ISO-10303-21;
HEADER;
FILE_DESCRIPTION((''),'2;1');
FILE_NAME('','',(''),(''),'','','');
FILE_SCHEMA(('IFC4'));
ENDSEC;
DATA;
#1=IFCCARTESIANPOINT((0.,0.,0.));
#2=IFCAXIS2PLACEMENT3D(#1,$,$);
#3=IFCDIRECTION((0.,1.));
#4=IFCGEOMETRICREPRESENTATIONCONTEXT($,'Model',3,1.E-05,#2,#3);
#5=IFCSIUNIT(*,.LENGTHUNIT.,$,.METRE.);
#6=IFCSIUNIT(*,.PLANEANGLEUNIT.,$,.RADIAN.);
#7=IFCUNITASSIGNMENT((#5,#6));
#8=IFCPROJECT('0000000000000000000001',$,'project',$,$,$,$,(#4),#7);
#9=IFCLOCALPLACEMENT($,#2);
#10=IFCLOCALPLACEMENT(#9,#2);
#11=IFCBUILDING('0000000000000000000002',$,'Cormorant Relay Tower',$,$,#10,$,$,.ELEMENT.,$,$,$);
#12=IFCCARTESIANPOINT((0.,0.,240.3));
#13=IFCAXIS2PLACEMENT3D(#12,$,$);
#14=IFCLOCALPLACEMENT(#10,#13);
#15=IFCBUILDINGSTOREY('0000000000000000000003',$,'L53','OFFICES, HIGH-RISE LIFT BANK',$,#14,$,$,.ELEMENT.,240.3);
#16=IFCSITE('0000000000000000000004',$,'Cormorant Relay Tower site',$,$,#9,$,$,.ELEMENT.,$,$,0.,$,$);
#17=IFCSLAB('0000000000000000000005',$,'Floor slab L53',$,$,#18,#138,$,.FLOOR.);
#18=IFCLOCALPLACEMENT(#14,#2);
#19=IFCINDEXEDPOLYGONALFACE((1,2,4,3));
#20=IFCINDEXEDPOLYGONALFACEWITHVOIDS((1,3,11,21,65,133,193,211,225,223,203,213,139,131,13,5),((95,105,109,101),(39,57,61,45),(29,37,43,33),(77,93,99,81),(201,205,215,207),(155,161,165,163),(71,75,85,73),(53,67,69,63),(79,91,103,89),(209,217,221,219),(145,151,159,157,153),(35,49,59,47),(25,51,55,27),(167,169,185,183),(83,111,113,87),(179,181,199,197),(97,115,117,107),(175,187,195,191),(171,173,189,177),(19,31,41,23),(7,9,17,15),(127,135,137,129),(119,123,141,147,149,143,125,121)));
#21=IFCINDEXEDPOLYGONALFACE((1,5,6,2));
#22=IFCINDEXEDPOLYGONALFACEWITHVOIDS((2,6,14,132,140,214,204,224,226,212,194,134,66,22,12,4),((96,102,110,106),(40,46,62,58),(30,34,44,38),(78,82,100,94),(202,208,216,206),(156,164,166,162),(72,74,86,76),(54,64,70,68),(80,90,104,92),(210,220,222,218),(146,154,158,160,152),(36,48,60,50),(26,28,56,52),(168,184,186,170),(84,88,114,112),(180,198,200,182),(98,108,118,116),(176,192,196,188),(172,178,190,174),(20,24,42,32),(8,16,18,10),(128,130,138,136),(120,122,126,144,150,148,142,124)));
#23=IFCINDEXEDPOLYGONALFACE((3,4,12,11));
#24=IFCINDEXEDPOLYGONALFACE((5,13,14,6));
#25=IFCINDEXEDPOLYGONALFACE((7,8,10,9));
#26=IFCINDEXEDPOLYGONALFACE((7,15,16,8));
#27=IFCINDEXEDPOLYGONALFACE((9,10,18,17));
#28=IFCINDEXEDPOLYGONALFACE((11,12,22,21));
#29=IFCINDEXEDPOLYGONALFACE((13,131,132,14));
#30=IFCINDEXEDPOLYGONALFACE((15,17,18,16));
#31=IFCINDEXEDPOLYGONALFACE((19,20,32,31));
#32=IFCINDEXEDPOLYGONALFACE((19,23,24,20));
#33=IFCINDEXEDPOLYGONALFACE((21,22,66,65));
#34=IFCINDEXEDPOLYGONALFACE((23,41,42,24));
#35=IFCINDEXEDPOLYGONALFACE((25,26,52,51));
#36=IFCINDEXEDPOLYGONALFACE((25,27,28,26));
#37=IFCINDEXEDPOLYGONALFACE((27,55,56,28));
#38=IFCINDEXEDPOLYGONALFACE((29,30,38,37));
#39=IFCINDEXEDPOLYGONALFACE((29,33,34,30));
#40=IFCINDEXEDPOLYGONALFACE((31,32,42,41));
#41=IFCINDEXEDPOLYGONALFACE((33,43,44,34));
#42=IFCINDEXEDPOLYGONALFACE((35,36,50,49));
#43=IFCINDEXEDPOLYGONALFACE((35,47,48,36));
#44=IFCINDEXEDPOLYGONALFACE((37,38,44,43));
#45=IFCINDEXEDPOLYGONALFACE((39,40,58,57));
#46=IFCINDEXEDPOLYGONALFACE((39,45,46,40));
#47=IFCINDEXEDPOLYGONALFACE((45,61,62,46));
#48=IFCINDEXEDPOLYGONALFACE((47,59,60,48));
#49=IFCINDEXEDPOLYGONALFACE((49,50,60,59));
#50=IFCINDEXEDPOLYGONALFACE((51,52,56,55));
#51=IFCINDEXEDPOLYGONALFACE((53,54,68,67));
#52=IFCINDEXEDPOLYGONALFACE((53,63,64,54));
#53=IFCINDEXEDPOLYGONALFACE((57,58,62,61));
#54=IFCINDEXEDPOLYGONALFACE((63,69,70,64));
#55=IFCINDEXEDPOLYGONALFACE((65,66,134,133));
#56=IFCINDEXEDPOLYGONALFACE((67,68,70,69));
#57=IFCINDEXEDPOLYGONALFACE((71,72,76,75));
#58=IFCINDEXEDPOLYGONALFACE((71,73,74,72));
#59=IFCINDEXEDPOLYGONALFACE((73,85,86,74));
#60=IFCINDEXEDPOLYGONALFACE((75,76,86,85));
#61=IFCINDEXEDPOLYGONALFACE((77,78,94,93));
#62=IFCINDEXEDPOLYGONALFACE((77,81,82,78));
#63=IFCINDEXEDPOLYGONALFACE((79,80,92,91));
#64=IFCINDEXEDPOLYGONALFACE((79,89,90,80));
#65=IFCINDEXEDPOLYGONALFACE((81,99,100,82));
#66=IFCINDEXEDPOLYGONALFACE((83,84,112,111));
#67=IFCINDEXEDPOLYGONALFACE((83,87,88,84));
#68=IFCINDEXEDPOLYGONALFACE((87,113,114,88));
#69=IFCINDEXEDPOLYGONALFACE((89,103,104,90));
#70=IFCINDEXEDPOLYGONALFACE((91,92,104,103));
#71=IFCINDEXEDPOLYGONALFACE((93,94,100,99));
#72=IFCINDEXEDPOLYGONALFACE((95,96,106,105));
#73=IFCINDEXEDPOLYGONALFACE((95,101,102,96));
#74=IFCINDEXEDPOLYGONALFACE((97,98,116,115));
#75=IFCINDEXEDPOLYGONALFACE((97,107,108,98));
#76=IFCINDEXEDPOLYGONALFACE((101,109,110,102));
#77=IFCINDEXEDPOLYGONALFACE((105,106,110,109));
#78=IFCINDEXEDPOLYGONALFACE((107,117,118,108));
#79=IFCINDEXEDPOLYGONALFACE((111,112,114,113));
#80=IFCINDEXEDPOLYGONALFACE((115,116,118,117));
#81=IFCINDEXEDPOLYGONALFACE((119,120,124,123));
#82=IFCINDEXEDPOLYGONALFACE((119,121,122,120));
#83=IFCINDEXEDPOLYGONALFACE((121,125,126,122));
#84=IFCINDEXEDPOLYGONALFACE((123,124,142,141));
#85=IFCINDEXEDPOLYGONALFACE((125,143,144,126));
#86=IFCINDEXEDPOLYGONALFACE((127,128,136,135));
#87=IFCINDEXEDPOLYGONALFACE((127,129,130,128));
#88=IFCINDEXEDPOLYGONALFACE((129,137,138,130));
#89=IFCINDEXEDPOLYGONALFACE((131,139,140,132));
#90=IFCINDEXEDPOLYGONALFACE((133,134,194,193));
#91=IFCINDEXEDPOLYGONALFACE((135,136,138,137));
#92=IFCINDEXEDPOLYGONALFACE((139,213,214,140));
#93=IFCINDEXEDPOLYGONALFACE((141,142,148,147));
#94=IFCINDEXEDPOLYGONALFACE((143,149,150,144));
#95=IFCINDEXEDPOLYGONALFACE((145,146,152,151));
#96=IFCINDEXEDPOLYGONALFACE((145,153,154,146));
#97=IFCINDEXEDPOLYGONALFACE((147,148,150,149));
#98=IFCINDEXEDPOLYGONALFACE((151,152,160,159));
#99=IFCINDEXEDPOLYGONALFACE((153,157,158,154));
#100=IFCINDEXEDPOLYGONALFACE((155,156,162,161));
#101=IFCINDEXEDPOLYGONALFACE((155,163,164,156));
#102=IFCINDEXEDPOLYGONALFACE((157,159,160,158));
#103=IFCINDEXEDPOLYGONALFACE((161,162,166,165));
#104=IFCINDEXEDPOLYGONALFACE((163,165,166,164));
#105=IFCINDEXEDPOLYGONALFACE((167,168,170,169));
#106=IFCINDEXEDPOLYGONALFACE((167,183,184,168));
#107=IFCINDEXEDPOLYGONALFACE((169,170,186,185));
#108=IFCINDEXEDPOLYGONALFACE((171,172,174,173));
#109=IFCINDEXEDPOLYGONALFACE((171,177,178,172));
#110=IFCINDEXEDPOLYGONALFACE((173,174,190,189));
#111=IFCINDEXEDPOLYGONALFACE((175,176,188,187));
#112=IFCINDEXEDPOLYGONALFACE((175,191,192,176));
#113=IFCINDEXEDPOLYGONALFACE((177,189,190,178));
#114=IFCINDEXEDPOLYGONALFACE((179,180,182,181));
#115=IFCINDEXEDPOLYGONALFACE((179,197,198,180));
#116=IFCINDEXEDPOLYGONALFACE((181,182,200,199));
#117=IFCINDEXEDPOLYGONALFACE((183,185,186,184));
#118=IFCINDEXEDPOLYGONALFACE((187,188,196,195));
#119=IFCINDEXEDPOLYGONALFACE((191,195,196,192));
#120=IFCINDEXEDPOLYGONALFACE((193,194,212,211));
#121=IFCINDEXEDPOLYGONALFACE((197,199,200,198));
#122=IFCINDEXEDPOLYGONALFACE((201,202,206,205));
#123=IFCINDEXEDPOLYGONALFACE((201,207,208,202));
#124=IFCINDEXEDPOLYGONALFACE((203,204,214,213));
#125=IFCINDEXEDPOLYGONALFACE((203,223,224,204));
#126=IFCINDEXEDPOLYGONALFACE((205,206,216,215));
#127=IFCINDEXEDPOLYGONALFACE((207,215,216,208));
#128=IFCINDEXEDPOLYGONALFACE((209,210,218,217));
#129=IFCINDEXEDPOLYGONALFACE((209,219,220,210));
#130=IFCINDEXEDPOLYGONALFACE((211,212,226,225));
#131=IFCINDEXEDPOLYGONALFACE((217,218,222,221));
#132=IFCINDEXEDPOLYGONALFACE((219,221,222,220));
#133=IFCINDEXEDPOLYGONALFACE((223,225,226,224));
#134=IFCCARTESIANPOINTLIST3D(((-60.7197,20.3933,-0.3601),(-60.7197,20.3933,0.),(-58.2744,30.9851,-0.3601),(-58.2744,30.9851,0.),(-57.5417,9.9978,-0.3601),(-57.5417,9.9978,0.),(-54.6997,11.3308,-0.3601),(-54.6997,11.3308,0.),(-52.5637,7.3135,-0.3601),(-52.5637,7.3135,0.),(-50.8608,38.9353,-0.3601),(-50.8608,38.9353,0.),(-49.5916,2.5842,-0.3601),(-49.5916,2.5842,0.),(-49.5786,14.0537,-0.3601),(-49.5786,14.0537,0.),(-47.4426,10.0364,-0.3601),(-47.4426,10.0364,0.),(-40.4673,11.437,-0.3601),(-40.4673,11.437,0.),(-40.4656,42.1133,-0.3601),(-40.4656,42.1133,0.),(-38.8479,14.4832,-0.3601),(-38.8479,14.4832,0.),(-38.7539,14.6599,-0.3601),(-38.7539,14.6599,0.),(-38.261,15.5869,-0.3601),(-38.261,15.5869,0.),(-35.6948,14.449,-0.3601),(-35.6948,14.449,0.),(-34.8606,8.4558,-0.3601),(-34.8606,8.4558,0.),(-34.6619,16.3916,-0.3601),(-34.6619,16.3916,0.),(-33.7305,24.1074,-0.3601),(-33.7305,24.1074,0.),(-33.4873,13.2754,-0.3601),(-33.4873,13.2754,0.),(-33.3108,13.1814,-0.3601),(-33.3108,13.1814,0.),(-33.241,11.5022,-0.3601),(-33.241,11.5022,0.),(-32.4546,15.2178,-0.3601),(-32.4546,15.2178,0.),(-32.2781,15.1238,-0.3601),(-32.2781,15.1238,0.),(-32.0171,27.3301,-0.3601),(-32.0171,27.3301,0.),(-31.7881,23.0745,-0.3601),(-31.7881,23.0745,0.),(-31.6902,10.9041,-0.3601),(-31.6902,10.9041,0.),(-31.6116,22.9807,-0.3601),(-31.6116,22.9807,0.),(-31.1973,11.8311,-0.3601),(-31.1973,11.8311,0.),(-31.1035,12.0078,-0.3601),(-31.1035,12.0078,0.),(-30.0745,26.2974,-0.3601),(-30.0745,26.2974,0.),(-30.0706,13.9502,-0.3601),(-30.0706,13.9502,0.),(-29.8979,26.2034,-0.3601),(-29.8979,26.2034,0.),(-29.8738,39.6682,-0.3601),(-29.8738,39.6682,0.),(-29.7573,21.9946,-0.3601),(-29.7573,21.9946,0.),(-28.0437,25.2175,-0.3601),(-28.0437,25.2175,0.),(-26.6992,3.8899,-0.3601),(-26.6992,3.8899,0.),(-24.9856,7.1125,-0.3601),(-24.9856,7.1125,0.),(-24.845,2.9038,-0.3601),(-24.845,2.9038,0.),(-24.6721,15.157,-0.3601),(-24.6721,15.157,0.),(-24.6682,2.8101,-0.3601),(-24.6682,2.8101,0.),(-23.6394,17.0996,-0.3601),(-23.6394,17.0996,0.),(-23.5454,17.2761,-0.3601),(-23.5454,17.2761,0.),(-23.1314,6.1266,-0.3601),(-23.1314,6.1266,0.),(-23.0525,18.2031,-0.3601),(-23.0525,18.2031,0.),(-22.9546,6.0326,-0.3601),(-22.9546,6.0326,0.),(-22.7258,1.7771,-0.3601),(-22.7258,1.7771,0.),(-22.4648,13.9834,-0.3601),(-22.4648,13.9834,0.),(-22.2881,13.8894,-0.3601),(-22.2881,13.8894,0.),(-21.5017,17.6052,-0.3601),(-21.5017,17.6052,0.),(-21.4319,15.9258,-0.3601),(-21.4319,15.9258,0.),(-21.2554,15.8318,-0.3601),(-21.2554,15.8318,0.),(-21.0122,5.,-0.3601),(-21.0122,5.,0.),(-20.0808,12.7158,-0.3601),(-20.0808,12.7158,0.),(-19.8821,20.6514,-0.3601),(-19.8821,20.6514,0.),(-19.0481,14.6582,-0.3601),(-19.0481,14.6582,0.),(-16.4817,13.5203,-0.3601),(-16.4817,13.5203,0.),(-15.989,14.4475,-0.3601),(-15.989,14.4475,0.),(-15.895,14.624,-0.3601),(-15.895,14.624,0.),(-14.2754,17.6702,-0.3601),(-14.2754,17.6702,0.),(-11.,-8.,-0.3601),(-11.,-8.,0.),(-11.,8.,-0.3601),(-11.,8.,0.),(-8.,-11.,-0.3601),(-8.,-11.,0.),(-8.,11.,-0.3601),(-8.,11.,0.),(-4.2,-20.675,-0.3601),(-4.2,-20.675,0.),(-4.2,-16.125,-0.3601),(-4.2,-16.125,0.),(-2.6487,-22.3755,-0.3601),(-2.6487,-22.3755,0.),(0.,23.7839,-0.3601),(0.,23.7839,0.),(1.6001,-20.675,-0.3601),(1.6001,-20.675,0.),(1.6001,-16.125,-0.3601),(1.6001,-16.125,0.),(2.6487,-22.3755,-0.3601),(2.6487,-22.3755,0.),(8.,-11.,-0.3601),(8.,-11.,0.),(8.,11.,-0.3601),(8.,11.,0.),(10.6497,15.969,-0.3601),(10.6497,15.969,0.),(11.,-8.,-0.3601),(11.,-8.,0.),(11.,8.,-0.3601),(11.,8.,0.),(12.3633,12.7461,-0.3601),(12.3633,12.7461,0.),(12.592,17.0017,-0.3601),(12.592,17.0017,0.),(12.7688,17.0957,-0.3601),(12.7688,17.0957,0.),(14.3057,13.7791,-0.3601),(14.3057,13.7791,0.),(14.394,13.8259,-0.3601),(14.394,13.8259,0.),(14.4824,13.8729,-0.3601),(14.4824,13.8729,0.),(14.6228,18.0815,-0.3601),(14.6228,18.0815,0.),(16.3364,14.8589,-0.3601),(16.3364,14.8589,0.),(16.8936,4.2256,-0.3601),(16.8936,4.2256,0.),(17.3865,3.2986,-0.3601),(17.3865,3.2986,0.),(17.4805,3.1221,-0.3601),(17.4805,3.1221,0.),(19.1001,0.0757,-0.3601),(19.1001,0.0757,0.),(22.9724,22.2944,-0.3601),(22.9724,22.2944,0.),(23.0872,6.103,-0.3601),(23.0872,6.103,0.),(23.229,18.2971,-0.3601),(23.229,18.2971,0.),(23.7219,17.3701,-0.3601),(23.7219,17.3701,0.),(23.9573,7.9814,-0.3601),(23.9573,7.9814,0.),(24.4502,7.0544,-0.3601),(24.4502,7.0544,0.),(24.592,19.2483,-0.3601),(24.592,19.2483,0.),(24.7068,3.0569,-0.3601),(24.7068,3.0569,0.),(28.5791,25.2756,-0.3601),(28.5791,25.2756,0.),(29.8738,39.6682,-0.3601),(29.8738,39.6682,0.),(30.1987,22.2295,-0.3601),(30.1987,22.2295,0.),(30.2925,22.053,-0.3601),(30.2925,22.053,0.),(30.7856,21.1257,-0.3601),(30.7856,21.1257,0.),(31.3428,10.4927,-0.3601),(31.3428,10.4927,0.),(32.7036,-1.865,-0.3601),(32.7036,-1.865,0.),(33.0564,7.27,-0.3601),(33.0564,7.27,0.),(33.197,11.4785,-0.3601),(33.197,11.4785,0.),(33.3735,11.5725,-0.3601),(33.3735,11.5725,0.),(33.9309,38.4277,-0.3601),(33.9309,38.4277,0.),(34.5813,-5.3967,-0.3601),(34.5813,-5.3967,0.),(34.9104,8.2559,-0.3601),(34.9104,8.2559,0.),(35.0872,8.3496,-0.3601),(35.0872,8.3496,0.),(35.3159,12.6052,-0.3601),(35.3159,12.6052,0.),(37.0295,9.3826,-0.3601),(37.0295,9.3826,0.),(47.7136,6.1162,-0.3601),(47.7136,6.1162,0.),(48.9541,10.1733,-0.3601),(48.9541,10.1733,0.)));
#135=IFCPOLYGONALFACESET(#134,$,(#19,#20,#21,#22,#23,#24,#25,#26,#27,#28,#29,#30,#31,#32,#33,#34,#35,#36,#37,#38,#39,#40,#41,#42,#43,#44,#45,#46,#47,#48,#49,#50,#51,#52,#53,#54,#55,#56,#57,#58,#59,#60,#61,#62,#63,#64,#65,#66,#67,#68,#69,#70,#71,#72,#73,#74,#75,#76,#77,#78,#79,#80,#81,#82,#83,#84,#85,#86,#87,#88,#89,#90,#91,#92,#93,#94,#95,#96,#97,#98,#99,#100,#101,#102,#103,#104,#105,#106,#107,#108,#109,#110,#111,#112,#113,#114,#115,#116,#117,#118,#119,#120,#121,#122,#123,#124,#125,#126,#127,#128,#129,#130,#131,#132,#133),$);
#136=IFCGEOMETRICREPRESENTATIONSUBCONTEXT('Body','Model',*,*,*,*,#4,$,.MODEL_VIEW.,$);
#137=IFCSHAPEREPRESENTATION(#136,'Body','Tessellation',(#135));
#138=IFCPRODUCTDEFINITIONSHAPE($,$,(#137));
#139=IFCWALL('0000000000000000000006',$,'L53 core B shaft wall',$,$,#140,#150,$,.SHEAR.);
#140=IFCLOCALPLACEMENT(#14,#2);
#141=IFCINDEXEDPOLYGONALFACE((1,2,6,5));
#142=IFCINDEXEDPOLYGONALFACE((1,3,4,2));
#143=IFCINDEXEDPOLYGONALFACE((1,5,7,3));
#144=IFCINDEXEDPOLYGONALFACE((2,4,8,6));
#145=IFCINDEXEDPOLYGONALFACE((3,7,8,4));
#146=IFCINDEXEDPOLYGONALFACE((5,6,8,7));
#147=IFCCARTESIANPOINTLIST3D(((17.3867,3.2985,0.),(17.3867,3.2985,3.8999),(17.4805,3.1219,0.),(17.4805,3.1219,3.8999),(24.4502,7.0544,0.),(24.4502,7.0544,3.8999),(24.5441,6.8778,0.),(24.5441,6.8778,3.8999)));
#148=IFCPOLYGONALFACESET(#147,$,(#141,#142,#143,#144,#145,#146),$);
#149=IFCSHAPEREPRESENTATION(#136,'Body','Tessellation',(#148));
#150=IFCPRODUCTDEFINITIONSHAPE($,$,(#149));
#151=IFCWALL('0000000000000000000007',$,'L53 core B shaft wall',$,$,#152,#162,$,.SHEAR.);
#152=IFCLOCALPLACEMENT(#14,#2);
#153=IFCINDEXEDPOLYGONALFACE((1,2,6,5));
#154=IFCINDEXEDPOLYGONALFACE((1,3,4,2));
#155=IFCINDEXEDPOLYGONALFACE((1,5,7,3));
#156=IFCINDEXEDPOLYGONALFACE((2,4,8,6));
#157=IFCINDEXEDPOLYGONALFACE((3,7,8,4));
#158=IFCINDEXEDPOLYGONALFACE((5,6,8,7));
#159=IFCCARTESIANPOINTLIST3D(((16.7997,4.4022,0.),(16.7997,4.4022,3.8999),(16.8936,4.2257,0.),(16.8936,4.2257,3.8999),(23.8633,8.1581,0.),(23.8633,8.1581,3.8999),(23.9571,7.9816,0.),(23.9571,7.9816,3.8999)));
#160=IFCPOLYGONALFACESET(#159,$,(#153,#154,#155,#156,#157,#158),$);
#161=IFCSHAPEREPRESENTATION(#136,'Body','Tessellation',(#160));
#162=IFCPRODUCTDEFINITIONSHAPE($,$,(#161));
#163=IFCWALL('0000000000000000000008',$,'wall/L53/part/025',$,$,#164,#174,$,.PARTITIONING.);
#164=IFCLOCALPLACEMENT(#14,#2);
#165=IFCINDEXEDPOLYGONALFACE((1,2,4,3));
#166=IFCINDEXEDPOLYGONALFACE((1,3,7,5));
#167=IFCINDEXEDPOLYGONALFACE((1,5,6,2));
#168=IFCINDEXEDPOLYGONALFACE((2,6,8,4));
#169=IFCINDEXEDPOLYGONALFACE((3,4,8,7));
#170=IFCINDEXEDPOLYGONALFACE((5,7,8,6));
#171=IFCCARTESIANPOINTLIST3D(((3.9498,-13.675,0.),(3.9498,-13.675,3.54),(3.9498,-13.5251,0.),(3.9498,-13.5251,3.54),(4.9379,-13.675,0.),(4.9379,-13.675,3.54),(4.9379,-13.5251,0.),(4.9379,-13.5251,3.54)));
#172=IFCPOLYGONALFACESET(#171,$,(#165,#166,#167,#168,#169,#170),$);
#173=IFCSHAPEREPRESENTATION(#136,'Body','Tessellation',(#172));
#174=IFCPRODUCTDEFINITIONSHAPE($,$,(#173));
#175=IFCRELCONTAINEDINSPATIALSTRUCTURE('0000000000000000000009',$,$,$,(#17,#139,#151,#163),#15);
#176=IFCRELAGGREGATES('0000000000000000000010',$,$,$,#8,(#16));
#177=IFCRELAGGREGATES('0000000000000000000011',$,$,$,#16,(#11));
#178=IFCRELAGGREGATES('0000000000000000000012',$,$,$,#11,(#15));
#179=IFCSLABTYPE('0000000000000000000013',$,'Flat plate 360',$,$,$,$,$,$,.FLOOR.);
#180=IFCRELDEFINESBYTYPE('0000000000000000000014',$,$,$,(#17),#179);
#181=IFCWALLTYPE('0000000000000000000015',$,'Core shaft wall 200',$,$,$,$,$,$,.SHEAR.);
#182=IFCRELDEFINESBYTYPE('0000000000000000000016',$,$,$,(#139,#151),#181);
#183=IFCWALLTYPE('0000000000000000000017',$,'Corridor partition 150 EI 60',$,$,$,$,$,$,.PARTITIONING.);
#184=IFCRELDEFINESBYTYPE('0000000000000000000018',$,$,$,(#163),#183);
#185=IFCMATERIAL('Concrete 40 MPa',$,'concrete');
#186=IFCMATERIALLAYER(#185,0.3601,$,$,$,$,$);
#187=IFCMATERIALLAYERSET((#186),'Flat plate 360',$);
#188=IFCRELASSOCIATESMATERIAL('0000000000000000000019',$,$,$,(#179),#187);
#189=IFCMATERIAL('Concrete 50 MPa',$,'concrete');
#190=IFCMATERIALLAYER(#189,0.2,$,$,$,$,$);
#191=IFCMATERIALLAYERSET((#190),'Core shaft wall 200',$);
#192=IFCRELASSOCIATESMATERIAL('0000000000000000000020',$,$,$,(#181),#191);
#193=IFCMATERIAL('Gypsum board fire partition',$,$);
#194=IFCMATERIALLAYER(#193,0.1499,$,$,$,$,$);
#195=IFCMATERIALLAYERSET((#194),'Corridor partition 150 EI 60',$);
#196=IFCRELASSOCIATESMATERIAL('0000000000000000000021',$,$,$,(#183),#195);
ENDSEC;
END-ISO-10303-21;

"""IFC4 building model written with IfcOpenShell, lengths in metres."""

from ifc_helpers import new_model, si_unit, direction, frame, frame_2d, origin, place, context, subcontext, project, spatial, polyline, rectangle, outline, extrude, material, layer, layer_set, type_object, element, save


model = new_model("IFC4")

# Units and contexts
model_context = context("Model", 3, precision=1e-05, world=origin(), true_north=direction((0.0, 1.0)))
body_context = subcontext(model_context, "Body", "Model", "MODEL_VIEW")
ifc_project = project(units=[si_unit("LENGTHUNIT", "METRE"), si_unit("PLANEANGLEUNIT", "RADIAN")], contexts=[model_context])

# Site, building, storey
site_placement = place(None, origin())
site = spatial("IfcSite", under=ifc_project, at=site_placement, Name="Cormorant Relay Tower site", CompositionType="ELEMENT", RefElevation=0.0)
building_placement = place(site_placement, origin())
building = spatial("IfcBuilding", under=site, at=building_placement, Name="Cormorant Relay Tower", CompositionType="ELEMENT")
storey_placement = place(building_placement, frame((0.0, 0.0, 240.3)))
storey = spatial("IfcBuildingStorey", under=building, at=storey_placement, Name="L53", Description="OFFICES, HIGH-RISE LIFT BANK", CompositionType="ELEMENT", Elevation=240.3)

# Slab
ifc_material_1 = material(Name="Concrete 40 MPa", Category="concrete")
ifc_layer_1 = layer(ifc_material_1, 0.3601)
ifc_layer_set_1 = layer_set([ifc_layer_1], Name="Flat plate 360")
slab_type_1 = type_object("IfcSlabType", Name="Flat plate 360", PredefinedType="FLOOR", material=ifc_layer_set_1)
slab_1_placement = place(storey_placement, frame((0.0, 0.0, -0.3601)))
element("IfcSlab", 1, at=slab_1_placement, inside=storey, type_object=slab_type_1, Name="Floor slab L53", PredefinedType="FLOOR", context=body_context, shape_type="SweptSolid", body=[
    extrude(outline(polyline([(-60.7197, 20.3933), (-58.2744, 30.9851), (-50.8608, 38.9353), (-40.4656, 42.1133), (-29.8738, 39.6682), (0.0, 23.7839), (29.8738, 39.6682), (33.9309, 38.4277), (48.9541, 10.1733), (47.7136, 6.1162), (32.7036, -1.865), (34.5813, -5.3967), (2.6487, -22.3755), (-2.6487, -22.3755), (-49.5916, 2.5842), (-57.5417, 9.9978), (-60.7197, 20.3933)]), holes=[polyline([(11.0, -8.0), (11.0, 8.0), (8.0, 11.0), (-8.0, 11.0), (-11.0, 8.0), (-11.0, -8.0), (-8.0, -11.0), (8.0, -11.0), (11.0, -8.0)]), polyline([(-22.9546, 6.0327), (-24.6682, 2.8101), (-22.7258, 1.7771), (-21.0122, 5.0), (-23.043, 6.0796), (-22.9546, 6.0327)]), polyline([(-24.9856, 7.1125), (-26.6992, 3.8899), (-24.845, 2.9038), (-23.1313, 6.1267), (-23.043, 6.0796), (-24.9856, 7.1125)]), polyline([(-54.6997, 11.3308), (-52.5637, 7.3135), (-47.4426, 10.0364), (-49.5786, 14.0537), (-54.6997, 11.3308)]), polyline([(-33.241, 11.5022), (-38.8479, 14.4832), (-40.4673, 11.437), (-34.8606, 8.4558), (-33.241, 11.5022)]), polyline([(-38.261, 15.5869), (-38.7539, 14.6599), (-31.6902, 10.9041), (-31.1973, 11.8311), (-38.261, 15.5869)]), polyline([(-31.1035, 12.0078), (-30.0706, 13.9502), (-32.2781, 15.1238), (-33.3108, 13.1814), (-31.1035, 12.0078)]), polyline([(-22.2881, 13.8894), (-20.0808, 12.7158), (-19.0481, 14.6582), (-21.2554, 15.8318), (-22.2881, 13.8894)]), polyline([(-34.6619, 16.3916), (-35.6948, 14.449), (-33.4873, 13.2754), (-32.4546, 15.2178), (-34.6619, 16.3916)]), polyline([(-22.4648, 13.9834), (-21.4319, 15.9258), (-23.6394, 17.0996), (-24.6721, 15.157), (-22.4648, 13.9834)]), polyline([(-31.6116, 22.9807), (-29.7573, 21.9946), (-28.0437, 25.2175), (-29.8979, 26.2034), (-31.6116, 22.9807)]), polyline([(-32.0171, 27.3301), (-33.7305, 24.1074), (-31.7881, 23.0745), (-30.0745, 26.2974), (-32.0171, 27.3301)]), polyline([(-4.2, -16.125), (-4.2, -20.675), (1.6001, -20.675), (1.6001, -16.125), (-4.2, -16.125)]), polyline([(17.4805, 3.1221), (19.1001, 0.0757), (24.7068, 3.0569), (23.0872, 6.103), (17.4805, 3.1221)]), polyline([(17.3865, 3.2986), (24.4502, 7.0544), (23.9573, 7.9814), (16.8936, 4.2256), (17.3865, 3.2986)]), polyline([(33.197, 11.4785), (31.3428, 10.4927), (33.0564, 7.27), (34.9104, 8.2559), (33.197, 11.4785)]), polyline([(33.3735, 11.5725), (35.0872, 8.3496), (37.0295, 9.3826), (35.3159, 12.6052), (33.3735, 11.5725)]), polyline([(14.3057, 13.7791), (12.592, 17.0017), (10.6497, 15.969), (12.3633, 12.7461), (14.394, 13.8259), (14.3057, 13.7791)]), polyline([(16.3364, 14.8589), (14.6228, 18.0815), (12.7688, 17.0957), (14.4824, 13.8728), (14.394, 13.8259), (16.3364, 14.8589)]), polyline([(-16.4817, 13.5203), (-15.989, 14.4475), (-23.0525, 18.2031), (-23.5454, 17.2761), (-16.4817, 13.5203)]), polyline([(-15.895, 14.624), (-14.2754, 17.6702), (-19.8821, 20.6514), (-21.5017, 17.6052), (-15.895, 14.624)]), polyline([(30.7856, 21.1257), (30.2925, 22.053), (23.229, 18.2971), (23.7219, 17.3701), (30.7856, 21.1257)]), polyline([(24.592, 19.2483), (30.1987, 22.2295), (28.5791, 25.2756), (22.9724, 22.2944), (24.592, 19.2483)])]), origin(), (0.0, 0.0, 1.0), 0.3601),
])

# Walls
ifc_material_2 = material(Name="Concrete 50 MPa", Category="concrete")
ifc_layer_2 = layer(ifc_material_2, 0.2)
ifc_layer_set_2 = layer_set([ifc_layer_2], Name="Core shaft wall 200")
wall_type_1 = type_object("IfcWallType", Name="Core shaft wall 200", PredefinedType="SHEAR", material=ifc_layer_set_2)
for number, where, z_axis, x_axis, name in (
    (2, (17.4336, 3.2102, 0.0), (0.0, 0.0, 1.0), (0.88294, 0.469485, 0.0), "L53 core B shaft wall"),
    (3, (16.8467, 4.314, 0.0), (0.0, 0.0, 1.0), (0.88294, 0.469485, 0.0), "L53 core B shaft wall"),
):
    element("IfcWall", number, at=place(storey_placement, frame(where, z_axis=z_axis, x_axis=x_axis)), inside=storey, type_object=wall_type_1, Name=name, PredefinedType="SHEAR", context=body_context, shape_type="SweptSolid", body=[
        extrude(rectangle(XDim=8.0, YDim=0.2, at=frame_2d((4.0, 0.0))), origin(), (0.0, 0.0, 1.0), 3.8999),
    ])
ifc_material_3 = material(Name="Gypsum board fire partition")
ifc_layer_3 = layer(ifc_material_3, 0.1499)
ifc_layer_set_3 = layer_set([ifc_layer_3], Name="Corridor partition 150 EI 60")
wall_type_2 = type_object("IfcWallType", Name="Corridor partition 150 EI 60", PredefinedType="PARTITIONING", material=ifc_layer_set_3)
wall_1_placement = place(storey_placement, frame((4.938, -13.6001, 0.0), z_axis=(0.0, 0.0, 1.0), x_axis=(-1.0, 0.0, 0.0)))
element("IfcWall", 4, at=wall_1_placement, inside=storey, type_object=wall_type_2, Name="wall/L53/part/025", PredefinedType="PARTITIONING", context=body_context, shape_type="SweptSolid", body=[
    extrude(rectangle(XDim=0.988, YDim=0.1499, at=frame_2d((0.4941, 0.0))), origin(), (0.0, 0.0, 1.0), 3.54),
])

save(model, "model.ifc")
